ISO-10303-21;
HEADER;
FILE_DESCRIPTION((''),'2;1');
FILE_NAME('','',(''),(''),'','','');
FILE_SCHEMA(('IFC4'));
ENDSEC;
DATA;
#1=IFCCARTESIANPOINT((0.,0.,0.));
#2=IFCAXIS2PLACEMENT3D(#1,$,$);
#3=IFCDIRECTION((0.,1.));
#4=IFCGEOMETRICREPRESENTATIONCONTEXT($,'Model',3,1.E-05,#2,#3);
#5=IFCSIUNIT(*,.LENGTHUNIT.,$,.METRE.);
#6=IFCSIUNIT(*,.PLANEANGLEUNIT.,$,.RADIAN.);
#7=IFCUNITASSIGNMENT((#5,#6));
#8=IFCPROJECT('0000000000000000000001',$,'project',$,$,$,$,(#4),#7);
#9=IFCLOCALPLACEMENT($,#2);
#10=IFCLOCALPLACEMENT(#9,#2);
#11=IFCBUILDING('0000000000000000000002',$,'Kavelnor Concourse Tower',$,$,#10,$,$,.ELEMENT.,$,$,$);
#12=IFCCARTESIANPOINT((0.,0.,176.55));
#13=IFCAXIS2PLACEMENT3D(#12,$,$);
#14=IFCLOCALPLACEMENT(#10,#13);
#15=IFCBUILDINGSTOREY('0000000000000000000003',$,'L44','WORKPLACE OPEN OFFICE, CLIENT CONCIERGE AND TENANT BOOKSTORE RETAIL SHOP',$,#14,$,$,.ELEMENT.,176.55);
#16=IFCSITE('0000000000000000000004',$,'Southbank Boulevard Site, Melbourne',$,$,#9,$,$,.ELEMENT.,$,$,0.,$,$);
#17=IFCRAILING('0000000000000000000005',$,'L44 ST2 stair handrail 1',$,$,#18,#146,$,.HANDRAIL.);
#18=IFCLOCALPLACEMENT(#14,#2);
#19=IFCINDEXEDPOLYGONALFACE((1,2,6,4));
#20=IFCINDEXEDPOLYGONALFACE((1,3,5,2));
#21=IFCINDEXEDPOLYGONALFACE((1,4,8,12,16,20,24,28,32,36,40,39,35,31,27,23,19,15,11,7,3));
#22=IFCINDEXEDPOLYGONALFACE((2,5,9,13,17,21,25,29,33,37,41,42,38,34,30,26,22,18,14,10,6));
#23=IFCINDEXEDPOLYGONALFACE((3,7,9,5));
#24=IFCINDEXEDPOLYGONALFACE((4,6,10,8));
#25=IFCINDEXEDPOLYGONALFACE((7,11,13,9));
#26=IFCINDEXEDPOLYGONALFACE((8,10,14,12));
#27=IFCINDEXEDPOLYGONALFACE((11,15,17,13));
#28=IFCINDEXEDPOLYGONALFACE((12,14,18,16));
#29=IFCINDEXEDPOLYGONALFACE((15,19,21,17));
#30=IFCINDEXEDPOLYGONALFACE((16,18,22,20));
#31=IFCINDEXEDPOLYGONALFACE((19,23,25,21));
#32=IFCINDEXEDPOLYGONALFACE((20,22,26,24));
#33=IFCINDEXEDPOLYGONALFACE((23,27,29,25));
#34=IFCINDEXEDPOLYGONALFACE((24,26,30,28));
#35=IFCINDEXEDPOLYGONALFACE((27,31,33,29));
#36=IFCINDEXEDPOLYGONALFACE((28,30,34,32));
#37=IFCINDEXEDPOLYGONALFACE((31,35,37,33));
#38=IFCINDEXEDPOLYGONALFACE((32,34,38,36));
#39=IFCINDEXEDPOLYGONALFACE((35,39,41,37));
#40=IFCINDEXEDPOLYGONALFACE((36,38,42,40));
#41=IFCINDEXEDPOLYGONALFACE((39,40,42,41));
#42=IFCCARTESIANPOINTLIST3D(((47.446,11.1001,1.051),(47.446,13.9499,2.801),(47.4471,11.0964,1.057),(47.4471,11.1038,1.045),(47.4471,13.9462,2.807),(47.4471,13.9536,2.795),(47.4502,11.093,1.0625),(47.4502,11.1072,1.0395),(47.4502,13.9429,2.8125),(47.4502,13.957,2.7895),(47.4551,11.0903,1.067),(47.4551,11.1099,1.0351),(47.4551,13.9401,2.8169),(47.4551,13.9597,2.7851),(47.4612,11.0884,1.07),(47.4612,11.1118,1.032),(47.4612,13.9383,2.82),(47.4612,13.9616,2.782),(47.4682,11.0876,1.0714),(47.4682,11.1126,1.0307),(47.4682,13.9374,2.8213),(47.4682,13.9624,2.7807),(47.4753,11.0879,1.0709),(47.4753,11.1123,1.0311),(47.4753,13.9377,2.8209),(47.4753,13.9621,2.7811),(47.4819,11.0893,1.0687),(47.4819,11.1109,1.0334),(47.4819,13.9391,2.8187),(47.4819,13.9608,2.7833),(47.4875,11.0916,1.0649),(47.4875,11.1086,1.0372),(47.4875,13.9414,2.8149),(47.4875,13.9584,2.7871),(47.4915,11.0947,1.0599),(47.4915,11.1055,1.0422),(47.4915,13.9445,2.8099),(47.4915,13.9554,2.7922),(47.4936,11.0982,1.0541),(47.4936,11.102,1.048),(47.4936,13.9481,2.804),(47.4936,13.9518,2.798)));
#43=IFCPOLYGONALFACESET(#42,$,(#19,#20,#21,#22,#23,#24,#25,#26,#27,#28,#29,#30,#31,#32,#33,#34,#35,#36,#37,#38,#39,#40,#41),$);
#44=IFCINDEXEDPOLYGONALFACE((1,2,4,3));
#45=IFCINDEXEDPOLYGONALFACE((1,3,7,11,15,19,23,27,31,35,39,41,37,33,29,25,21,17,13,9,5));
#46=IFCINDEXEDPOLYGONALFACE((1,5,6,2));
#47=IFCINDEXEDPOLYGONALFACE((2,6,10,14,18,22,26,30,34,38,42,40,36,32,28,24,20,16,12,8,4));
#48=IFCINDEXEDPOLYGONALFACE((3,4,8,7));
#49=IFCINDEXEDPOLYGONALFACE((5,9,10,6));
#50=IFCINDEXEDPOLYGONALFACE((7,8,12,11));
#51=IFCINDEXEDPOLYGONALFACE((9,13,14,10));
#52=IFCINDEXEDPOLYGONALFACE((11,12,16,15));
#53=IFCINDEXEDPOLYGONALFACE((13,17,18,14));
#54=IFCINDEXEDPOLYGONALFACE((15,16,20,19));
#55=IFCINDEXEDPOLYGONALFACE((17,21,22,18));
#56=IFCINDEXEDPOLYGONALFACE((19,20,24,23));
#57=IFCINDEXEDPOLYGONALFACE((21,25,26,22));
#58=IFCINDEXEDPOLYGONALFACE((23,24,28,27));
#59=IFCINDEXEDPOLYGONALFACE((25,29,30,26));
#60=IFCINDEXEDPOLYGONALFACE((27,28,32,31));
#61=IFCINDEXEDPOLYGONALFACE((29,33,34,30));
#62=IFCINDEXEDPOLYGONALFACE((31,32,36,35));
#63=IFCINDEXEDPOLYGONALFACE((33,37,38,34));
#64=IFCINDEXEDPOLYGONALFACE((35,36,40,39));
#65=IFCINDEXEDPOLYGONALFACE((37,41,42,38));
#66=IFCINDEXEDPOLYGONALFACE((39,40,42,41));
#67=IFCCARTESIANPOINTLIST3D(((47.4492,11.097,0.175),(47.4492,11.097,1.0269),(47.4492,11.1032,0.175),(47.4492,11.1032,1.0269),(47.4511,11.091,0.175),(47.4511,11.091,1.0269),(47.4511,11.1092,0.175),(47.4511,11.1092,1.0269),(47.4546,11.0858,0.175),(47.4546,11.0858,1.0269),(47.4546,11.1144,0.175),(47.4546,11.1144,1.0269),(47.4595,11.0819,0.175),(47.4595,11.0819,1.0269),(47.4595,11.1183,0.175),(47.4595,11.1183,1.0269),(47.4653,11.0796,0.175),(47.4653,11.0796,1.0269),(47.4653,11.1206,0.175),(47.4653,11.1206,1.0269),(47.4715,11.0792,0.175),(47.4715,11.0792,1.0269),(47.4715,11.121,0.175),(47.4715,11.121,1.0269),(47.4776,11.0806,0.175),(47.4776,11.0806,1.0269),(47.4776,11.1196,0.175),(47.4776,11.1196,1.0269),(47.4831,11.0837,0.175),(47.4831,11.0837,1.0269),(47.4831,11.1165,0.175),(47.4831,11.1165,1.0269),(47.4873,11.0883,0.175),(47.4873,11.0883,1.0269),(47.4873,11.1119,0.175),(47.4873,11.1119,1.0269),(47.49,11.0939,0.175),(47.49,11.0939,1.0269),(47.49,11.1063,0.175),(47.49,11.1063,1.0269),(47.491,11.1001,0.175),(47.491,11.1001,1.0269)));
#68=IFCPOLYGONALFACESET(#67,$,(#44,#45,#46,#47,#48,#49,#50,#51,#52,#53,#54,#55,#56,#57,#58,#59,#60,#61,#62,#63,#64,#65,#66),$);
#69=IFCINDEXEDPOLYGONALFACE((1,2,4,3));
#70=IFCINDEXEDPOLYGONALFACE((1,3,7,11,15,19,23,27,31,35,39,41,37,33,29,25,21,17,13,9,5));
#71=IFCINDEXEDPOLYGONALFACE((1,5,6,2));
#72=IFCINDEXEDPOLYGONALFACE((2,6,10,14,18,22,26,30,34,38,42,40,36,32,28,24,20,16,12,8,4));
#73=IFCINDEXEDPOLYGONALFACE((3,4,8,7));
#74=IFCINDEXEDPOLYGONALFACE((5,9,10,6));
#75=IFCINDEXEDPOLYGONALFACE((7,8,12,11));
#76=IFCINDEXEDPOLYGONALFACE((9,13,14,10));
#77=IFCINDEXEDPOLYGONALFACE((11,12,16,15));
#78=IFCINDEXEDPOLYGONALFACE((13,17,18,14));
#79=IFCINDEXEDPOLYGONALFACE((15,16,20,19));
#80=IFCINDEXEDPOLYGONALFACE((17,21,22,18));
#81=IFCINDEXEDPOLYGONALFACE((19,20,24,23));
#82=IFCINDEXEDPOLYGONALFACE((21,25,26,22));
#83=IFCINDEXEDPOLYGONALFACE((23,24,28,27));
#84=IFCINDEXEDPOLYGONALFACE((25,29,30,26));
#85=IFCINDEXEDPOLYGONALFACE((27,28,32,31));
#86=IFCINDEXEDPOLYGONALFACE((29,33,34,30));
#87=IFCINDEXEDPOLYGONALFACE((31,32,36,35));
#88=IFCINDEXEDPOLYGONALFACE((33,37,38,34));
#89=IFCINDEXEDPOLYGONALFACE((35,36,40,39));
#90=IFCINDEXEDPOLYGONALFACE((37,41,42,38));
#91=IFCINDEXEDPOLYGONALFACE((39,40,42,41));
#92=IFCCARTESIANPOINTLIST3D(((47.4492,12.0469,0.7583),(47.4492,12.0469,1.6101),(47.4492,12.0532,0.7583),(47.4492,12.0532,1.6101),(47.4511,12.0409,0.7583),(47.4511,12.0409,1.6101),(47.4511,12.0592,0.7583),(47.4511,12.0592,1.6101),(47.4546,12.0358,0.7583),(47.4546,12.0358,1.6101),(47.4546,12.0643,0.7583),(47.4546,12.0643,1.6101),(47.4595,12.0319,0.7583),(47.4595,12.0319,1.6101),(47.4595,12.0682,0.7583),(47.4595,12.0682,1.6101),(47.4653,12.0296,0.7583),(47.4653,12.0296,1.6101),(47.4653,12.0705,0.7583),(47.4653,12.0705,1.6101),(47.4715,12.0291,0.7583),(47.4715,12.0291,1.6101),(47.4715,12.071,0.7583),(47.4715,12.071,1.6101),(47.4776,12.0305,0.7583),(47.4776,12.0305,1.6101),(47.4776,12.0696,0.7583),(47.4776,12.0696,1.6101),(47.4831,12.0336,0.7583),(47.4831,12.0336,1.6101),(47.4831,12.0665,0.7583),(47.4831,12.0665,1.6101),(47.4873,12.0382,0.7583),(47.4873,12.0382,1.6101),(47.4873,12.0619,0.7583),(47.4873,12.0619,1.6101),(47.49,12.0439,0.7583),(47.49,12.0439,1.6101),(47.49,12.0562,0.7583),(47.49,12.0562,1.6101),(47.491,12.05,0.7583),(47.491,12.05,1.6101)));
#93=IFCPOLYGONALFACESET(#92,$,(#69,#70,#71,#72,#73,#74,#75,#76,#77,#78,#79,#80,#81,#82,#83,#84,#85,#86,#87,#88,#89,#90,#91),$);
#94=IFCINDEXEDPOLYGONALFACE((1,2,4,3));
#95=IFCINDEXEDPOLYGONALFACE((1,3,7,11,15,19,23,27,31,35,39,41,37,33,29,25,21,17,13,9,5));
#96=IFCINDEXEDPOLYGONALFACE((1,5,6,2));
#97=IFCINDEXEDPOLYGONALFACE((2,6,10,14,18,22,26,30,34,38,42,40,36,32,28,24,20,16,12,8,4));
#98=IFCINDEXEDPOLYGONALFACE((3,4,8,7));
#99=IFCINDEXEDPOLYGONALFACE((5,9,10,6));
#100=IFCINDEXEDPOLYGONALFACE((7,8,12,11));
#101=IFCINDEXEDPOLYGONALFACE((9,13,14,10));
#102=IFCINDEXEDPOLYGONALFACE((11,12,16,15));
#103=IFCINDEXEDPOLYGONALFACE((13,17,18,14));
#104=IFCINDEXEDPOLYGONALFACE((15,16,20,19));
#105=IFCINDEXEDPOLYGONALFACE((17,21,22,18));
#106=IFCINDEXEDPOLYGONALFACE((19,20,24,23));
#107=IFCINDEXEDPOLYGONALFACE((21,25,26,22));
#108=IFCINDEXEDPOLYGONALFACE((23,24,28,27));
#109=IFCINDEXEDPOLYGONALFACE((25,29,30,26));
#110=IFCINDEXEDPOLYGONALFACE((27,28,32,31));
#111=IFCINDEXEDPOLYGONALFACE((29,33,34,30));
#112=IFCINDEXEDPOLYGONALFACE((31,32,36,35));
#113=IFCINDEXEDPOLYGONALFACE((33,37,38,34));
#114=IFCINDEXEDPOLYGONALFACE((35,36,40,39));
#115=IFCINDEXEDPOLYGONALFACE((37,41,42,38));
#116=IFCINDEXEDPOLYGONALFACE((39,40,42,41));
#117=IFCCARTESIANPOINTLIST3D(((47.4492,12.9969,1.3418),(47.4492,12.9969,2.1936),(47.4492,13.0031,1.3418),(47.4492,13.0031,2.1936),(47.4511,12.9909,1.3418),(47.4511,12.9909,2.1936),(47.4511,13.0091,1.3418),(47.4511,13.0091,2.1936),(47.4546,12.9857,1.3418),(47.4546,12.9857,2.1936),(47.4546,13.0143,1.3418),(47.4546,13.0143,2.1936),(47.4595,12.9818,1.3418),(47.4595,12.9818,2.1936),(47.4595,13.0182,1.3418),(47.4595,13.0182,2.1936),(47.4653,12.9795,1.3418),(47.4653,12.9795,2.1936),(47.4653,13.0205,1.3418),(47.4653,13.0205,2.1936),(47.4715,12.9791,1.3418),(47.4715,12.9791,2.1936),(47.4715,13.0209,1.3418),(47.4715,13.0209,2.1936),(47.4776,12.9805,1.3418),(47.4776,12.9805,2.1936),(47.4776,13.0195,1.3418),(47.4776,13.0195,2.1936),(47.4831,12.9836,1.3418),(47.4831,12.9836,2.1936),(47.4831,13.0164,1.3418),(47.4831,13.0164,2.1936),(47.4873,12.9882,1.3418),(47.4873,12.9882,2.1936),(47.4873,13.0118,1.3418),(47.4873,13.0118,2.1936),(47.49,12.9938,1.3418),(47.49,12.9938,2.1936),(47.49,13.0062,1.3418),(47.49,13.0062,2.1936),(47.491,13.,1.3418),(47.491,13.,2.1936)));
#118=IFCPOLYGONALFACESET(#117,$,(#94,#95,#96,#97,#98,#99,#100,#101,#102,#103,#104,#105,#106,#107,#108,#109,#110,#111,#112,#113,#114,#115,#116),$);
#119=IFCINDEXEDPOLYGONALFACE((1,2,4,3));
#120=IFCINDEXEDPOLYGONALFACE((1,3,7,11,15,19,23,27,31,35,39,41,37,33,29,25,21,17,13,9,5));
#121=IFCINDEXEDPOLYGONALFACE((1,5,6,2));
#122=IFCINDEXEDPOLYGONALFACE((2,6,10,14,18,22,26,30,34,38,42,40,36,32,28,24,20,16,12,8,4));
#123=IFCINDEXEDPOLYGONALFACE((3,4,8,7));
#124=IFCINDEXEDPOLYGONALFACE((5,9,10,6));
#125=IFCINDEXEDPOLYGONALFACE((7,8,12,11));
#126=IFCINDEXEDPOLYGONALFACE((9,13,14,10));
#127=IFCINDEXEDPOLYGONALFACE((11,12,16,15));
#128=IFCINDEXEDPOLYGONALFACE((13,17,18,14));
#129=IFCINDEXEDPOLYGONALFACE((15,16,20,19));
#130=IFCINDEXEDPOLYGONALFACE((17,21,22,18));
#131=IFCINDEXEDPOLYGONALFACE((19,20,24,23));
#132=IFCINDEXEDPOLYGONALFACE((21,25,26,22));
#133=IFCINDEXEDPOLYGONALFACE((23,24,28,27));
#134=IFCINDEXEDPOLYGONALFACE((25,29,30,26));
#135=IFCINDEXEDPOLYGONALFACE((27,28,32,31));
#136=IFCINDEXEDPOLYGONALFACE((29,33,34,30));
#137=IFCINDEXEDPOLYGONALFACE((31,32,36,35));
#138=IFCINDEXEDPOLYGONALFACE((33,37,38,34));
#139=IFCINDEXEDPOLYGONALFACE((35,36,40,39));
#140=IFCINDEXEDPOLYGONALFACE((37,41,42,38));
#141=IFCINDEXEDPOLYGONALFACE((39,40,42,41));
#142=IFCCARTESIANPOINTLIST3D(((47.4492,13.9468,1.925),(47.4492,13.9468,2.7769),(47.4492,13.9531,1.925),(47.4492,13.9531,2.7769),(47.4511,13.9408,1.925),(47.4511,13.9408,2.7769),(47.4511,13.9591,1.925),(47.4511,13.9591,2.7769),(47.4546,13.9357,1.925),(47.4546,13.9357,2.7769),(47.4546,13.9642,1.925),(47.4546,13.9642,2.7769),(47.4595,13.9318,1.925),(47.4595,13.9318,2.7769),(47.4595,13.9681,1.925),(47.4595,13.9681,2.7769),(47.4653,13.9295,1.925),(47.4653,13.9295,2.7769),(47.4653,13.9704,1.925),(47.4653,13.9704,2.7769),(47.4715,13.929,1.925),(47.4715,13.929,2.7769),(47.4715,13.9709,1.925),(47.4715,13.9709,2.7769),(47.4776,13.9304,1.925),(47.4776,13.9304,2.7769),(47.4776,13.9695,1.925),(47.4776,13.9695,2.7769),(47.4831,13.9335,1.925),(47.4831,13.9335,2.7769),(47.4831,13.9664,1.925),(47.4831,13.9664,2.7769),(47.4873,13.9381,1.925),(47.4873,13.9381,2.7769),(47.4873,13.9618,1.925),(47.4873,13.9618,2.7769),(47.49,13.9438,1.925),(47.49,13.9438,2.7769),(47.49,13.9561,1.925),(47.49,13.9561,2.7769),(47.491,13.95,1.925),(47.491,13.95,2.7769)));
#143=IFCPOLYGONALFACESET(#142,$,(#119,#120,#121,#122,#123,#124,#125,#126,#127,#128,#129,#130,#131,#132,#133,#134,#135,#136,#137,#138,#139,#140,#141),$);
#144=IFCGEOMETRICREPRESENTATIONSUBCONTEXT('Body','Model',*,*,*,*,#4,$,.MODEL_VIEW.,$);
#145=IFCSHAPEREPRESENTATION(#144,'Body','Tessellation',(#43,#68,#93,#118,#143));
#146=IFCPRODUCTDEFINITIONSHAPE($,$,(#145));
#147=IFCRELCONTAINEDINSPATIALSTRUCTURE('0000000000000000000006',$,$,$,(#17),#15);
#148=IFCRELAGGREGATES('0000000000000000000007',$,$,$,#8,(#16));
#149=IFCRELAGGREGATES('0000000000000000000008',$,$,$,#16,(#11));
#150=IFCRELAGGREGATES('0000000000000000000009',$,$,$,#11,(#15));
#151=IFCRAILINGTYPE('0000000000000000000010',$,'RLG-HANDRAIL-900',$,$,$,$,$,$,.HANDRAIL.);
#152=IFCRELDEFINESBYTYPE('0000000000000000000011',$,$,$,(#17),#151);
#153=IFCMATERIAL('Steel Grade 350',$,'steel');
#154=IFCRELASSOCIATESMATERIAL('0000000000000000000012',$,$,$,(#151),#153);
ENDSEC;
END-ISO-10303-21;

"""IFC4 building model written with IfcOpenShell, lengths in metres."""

from ifc_helpers import new_model, si_unit, direction, frame, origin, origin_2d, place, context, subcontext, project, spatial, circle, extrude, material, type_object, element, save


model = new_model("IFC4")

# Units and contexts
model_context = context("Model", 3, precision=1e-05, world=origin(), true_north=direction((0.0, 1.0)))
body_context = subcontext(model_context, "Body", "Model", "MODEL_VIEW")
ifc_project = project(units=[si_unit("LENGTHUNIT", "METRE"), si_unit("PLANEANGLEUNIT", "RADIAN")], contexts=[model_context])

# Site, building, storey
site_placement = place(None, origin())
site = spatial("IfcSite", under=ifc_project, at=site_placement, Name="Southbank Boulevard Site, Melbourne", CompositionType="ELEMENT", RefElevation=0.0)
building_placement = place(site_placement, origin())
building = spatial("IfcBuilding", under=site, at=building_placement, Name="Kavelnor Concourse Tower", CompositionType="ELEMENT")
storey_placement = place(building_placement, frame((0.0, 0.0, 176.55)))
storey = spatial("IfcBuildingStorey", under=building, at=storey_placement, Name="L44", Description="WORKPLACE OPEN OFFICE, CLIENT CONCIERGE AND TENANT BOOKSTORE RETAIL SHOP", CompositionType="ELEMENT", Elevation=176.55)

# Shared definitions
ifc_material_1 = material(Name="Steel Grade 350", Category="steel")

# Railing
railing_type_1 = type_object("IfcRailingType", Name="RLG-HANDRAIL-900", PredefinedType="HANDRAIL", material=ifc_material_1)
railing_1_placement = place(storey_placement, frame((47.47, 11.1001, 0.175)))
element("IfcRailing", 1, at=railing_1_placement, inside=storey, type_object=railing_type_1, Name="L44 ST2 stair handrail 1", PredefinedType="HANDRAIL", context=body_context, shape_type="SweptSolid", body=[
    extrude(circle(Radius=0.0239, at=origin_2d()), frame((0.0, 0.0, 0.876), z_axis=(0.0, 0.852159, 0.523283), x_axis=(-1.0, 0.0, 0.0)), (0.0, 0.0, 1.0), 3.3442),
    extrude(circle(Radius=0.021, at=origin_2d()), origin(), (0.0, 0.0, 1.0), 0.8518),
    extrude(circle(Radius=0.021, at=origin_2d()), frame((0.0, 0.95, 0.5833)), (0.0, 0.0, 1.0), 0.8518),
    extrude(circle(Radius=0.021, at=origin_2d()), frame((0.0, 1.8999, 1.1667)), (0.0, 0.0, 1.0), 0.8518),
    extrude(circle(Radius=0.021, at=origin_2d()), frame((0.0, 2.8499, 1.75)), (0.0, 0.0, 1.0), 0.8518),
])

save(model, "model.ifc")
